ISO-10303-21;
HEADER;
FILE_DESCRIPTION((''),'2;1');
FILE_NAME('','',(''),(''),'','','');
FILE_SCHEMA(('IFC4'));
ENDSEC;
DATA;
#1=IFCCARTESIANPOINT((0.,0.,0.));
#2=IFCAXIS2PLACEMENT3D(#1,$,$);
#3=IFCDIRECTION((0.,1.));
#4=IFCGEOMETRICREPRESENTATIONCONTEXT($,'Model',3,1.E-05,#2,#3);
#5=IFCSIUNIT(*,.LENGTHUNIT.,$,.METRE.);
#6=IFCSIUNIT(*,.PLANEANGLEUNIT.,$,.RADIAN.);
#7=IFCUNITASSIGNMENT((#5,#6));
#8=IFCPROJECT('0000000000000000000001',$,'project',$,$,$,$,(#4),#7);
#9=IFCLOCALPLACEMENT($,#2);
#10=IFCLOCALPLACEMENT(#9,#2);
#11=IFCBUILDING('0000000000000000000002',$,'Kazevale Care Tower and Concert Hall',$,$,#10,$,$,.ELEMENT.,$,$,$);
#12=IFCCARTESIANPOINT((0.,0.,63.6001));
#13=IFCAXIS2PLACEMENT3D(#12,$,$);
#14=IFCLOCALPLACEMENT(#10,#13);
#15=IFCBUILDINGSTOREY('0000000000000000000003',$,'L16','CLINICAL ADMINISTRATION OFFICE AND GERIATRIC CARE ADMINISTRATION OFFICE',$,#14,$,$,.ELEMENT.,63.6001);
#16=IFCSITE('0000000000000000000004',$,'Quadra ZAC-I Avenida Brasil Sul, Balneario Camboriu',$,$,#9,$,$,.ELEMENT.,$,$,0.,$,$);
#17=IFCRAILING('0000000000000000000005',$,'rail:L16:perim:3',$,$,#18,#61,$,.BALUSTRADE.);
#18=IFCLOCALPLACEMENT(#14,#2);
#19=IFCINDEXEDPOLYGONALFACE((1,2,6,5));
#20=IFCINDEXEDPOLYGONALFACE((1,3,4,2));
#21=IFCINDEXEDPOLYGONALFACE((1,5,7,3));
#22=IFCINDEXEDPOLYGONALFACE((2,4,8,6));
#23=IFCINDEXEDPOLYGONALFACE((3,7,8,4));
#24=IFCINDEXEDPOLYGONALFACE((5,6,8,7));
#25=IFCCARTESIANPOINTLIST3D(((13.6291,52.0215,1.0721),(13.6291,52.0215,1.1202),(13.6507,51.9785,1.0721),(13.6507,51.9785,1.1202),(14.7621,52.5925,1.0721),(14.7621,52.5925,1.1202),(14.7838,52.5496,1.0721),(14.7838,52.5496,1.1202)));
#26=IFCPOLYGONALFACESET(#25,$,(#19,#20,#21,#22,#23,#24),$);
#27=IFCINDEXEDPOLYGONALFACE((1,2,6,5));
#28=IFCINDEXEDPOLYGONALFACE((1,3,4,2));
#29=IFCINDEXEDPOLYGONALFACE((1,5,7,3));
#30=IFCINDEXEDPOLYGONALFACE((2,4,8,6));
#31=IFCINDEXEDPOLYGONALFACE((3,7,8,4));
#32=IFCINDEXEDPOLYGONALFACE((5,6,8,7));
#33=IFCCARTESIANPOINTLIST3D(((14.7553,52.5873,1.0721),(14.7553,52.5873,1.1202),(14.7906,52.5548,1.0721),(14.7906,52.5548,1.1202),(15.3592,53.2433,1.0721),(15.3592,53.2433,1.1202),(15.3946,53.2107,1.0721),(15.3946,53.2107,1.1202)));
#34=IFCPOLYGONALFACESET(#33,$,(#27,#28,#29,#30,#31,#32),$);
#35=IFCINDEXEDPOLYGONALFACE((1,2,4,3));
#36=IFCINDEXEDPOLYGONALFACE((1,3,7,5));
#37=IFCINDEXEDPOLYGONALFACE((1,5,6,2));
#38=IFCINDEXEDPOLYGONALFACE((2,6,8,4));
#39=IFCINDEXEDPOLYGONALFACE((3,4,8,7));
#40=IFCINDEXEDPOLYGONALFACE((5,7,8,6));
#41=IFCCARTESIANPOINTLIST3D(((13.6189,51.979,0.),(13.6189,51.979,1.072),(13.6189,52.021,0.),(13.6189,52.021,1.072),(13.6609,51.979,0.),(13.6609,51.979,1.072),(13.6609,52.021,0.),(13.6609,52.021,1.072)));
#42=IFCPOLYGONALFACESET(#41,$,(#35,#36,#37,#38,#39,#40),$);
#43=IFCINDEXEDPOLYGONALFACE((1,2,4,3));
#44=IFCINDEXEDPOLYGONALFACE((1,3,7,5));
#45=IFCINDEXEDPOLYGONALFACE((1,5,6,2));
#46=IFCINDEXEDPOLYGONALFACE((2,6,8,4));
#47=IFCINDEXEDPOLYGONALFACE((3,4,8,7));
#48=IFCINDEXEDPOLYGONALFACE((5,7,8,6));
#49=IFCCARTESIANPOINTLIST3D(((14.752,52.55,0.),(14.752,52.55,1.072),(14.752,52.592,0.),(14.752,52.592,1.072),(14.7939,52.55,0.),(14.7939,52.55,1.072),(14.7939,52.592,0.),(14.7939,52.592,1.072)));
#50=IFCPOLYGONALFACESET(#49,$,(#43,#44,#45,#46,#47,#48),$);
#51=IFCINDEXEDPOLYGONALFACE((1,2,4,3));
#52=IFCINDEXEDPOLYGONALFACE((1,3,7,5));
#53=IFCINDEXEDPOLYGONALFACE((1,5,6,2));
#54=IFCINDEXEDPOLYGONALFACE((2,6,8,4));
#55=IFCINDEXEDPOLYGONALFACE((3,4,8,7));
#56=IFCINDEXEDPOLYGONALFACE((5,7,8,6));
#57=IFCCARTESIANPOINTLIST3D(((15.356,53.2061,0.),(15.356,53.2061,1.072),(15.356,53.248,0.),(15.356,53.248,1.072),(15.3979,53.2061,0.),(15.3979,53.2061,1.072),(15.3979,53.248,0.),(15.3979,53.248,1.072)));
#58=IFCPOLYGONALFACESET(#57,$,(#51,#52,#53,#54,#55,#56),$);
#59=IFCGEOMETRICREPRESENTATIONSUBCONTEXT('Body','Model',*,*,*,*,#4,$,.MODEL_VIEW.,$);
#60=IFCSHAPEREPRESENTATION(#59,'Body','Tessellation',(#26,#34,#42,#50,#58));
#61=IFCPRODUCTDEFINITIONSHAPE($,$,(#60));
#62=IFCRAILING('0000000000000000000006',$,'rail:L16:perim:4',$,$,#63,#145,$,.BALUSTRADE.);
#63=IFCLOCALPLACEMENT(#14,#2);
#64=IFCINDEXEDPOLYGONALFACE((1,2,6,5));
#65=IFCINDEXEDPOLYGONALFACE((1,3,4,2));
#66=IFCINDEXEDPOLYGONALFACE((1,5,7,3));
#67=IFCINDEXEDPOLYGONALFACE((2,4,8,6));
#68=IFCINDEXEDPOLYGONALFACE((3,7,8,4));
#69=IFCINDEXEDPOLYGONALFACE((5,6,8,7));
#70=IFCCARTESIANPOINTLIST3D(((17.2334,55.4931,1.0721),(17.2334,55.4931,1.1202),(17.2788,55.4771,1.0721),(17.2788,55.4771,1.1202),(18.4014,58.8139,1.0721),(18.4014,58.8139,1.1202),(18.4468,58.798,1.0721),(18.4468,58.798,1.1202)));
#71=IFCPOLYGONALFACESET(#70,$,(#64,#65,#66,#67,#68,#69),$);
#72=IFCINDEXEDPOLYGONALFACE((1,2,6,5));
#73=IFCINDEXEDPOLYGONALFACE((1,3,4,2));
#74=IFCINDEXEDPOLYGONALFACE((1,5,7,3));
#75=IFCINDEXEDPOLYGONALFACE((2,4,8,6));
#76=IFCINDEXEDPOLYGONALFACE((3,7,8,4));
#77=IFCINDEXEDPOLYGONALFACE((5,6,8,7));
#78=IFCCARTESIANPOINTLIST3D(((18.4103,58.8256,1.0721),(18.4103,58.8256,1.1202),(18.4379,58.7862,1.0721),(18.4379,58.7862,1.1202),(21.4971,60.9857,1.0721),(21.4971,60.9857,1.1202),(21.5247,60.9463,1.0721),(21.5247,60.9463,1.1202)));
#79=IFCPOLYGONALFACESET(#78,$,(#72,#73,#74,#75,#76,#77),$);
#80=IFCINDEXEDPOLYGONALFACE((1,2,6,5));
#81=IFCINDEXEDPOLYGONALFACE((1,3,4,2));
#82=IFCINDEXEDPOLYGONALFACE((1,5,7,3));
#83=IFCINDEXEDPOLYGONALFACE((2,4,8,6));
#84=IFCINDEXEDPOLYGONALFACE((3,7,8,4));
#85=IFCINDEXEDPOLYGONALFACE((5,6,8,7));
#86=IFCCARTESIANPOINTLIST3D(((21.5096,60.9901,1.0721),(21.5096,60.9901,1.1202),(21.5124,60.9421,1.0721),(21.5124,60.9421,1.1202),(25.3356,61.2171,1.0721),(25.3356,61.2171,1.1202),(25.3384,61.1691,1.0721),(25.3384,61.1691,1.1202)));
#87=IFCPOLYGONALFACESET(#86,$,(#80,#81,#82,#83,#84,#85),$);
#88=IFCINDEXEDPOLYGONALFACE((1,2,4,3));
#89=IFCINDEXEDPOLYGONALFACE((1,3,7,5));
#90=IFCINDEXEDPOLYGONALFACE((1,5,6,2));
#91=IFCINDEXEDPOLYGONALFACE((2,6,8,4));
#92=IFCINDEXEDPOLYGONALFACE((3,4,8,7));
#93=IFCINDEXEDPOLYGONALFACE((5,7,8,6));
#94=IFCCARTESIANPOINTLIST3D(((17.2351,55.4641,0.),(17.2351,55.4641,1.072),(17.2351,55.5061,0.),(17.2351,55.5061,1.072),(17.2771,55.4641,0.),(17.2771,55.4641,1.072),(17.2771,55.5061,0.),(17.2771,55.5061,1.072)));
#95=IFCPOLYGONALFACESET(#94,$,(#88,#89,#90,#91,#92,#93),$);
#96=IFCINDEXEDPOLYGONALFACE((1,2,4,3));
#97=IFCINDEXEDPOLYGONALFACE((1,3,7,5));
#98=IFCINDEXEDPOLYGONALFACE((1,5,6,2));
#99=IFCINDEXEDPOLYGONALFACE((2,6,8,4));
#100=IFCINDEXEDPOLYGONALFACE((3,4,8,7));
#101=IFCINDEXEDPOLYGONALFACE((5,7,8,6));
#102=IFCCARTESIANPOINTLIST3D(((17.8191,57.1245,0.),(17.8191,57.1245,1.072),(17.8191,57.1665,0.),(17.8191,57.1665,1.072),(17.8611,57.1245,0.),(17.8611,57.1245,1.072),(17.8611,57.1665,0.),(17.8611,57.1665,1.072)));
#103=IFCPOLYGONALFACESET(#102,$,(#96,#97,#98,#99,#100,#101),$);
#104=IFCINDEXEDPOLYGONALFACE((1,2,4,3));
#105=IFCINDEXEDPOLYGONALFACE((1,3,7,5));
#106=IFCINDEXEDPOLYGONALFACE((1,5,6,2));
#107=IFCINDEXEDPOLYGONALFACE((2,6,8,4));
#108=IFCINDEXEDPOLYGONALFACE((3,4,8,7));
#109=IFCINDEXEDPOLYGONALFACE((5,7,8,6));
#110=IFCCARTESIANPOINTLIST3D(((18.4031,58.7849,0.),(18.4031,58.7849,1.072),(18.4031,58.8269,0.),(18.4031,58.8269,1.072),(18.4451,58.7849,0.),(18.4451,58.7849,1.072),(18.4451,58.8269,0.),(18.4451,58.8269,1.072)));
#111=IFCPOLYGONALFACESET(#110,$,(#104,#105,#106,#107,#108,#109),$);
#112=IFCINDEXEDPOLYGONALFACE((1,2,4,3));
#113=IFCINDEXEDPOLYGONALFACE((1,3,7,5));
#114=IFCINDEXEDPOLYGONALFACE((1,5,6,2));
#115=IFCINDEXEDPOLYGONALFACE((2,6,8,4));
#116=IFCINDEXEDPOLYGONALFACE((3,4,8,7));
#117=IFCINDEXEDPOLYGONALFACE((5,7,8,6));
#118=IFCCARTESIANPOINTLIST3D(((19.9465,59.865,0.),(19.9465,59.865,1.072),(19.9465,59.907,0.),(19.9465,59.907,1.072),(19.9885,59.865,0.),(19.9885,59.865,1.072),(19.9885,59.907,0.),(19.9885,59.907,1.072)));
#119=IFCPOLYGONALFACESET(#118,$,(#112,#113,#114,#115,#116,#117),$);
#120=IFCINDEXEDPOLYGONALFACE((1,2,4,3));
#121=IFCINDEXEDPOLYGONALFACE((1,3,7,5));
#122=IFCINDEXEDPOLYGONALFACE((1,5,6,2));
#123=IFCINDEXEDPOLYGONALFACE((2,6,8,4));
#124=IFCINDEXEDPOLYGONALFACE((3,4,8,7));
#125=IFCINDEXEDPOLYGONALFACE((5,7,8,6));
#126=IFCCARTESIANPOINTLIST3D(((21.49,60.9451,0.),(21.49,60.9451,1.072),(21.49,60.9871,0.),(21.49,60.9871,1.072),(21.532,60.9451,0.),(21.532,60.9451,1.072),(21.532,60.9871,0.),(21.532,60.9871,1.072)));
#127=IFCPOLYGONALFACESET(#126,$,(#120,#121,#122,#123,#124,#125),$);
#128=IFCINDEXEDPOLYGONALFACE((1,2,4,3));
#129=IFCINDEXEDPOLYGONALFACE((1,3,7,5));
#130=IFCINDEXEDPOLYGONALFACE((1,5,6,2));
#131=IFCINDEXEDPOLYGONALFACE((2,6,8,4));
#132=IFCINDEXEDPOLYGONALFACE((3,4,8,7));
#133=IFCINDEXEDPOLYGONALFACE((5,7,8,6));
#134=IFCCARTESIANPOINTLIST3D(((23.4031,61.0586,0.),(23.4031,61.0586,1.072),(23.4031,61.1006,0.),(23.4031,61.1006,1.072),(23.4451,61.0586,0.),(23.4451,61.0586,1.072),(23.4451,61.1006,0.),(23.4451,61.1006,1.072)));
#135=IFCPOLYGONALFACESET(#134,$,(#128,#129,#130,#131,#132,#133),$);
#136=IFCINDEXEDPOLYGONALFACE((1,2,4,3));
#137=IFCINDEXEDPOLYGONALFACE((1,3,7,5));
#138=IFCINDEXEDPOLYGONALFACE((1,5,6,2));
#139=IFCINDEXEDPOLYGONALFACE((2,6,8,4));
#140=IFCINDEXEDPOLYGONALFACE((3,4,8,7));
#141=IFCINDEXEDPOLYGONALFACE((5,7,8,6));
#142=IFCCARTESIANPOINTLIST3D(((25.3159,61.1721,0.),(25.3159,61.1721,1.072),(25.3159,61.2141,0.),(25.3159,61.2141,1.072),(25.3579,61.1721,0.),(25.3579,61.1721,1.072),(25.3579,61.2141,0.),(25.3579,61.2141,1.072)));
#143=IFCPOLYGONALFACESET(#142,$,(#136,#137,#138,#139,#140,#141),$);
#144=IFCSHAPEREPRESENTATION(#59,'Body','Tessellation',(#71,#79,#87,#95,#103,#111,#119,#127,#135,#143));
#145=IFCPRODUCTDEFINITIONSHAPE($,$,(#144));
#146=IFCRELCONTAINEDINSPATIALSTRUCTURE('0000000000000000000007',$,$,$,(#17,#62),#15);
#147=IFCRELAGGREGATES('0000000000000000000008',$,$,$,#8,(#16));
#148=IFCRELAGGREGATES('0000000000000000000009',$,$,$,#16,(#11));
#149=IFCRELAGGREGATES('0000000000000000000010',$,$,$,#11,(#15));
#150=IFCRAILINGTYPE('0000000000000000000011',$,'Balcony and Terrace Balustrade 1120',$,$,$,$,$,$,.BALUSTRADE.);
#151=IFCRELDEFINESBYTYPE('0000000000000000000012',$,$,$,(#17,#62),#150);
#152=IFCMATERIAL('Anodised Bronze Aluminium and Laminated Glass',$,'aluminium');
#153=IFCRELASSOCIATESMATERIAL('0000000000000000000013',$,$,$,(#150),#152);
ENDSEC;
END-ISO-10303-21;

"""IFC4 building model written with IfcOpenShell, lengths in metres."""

from ifc_helpers import new_model, si_unit, direction, frame, origin, origin_2d, place, context, subcontext, project, spatial, rectangle, extrude, material, type_object, element, save


model = new_model("IFC4")

# Units and contexts
model_context = context("Model", 3, precision=1e-05, world=origin(), true_north=direction((0.0, 1.0)))
body_context = subcontext(model_context, "Body", "Model", "MODEL_VIEW")
ifc_project = project(units=[si_unit("LENGTHUNIT", "METRE"), si_unit("PLANEANGLEUNIT", "RADIAN")], contexts=[model_context])

# Site, building, storey
site_placement = place(None, origin())
site = spatial("IfcSite", under=ifc_project, at=site_placement, Name="Quadra ZAC-I Avenida Brasil Sul, Balneario Camboriu", CompositionType="ELEMENT", RefElevation=0.0)
building_placement = place(site_placement, origin())
building = spatial("IfcBuilding", under=site, at=building_placement, Name="Kazevale Care Tower and Concert Hall", CompositionType="ELEMENT")
storey_placement = place(building_placement, frame((0.0, 0.0, 63.6001)))
storey = spatial("IfcBuildingStorey", under=building, at=storey_placement, Name="L16", Description="CLINICAL ADMINISTRATION OFFICE AND GERIATRIC CARE ADMINISTRATION OFFICE", CompositionType="ELEMENT", Elevation=63.6001)

# Railings
ifc_material_1 = material(Name="Anodised Bronze Aluminium and Laminated Glass", Category="aluminium")
railing_type = type_object("IfcRailingType", Name="Balcony and Terrace Balustrade 1120", PredefinedType="BALUSTRADE", material=ifc_material_1)
railing_1_placement = place(storey_placement, frame((13.6399, 52.0, 0.0)))
element("IfcRailing", 1, at=railing_1_placement, inside=storey, type_object=railing_type, Name="rail:L16:perim:3", PredefinedType="BALUSTRADE", context=body_context, shape_type="SweptSolid", body=[
    extrude(rectangle(XDim=0.0481, YDim=0.0481, at=origin_2d()), frame((0.0, 0.0, 1.0962), z_axis=(0.892999, 0.450059, 0.0), x_axis=(-0.450059, 0.892999, 0.0)), (0.0, 0.0, 1.0), 1.2688),
    extrude(rectangle(XDim=0.0481, YDim=0.0481, at=origin_2d()), frame((1.1331, 0.571, 1.0962), z_axis=(0.677347, 0.735664, 0.0), x_axis=(-0.735664, 0.677347, 0.0)), (0.0, 0.0, 1.0), 0.8916),
    extrude(rectangle(XDim=0.042, YDim=0.042, at=origin_2d()), origin(), (0.0, 0.0, 1.0), 1.072),
    extrude(rectangle(XDim=0.042, YDim=0.042, at=origin_2d()), frame((1.1331, 0.571, 0.0)), (0.0, 0.0, 1.0), 1.072),
    extrude(rectangle(XDim=0.042, YDim=0.042, at=origin_2d()), frame((1.7371, 1.2271, 0.0)), (0.0, 0.0, 1.0), 1.072),
])
railing_2_placement = place(storey_placement, frame((17.2561, 55.4851, 0.0)))
element("IfcRailing", 2, at=railing_2_placement, inside=storey, type_object=railing_type, Name="rail:L16:perim:4", PredefinedType="BALUSTRADE", context=body_context, shape_type="SweptSolid", body=[
    extrude(rectangle(XDim=0.0481, YDim=0.0481, at=origin_2d()), frame((0.0, 0.0, 1.0962), z_axis=(0.33179, 0.943353, 0.0), x_axis=(-0.943353, 0.33179, 0.0)), (0.0, 0.0, 1.0), 3.5203),
    extrude(rectangle(XDim=0.0481, YDim=0.0481, at=origin_2d()), frame((1.168, 3.3208, 1.0962), z_axis=(0.819317, 0.573341, 0.0), x_axis=(-0.573341, 0.819317, 0.0)), (0.0, 0.0, 1.0), 3.7676),
    extrude(rectangle(XDim=0.0481, YDim=0.0481, at=origin_2d()), frame((4.2549, 5.481, 1.0962), z_axis=(0.998244, 0.059241, 0.0), x_axis=(-0.059241, 0.998244, 0.0)), (0.0, 0.0, 1.0), 3.8328),
    extrude(rectangle(XDim=0.042, YDim=0.042, at=origin_2d()), origin(), (0.0, 0.0, 1.0), 1.072),
    extrude(rectangle(XDim=0.042, YDim=0.042, at=origin_2d()), frame((0.584, 1.6604, 0.0)), (0.0, 0.0, 1.0), 1.072),
    extrude(rectangle(XDim=0.042, YDim=0.042, at=origin_2d()), frame((1.168, 3.3208, 0.0)), (0.0, 0.0, 1.0), 1.072),
    extrude(rectangle(XDim=0.042, YDim=0.042, at=origin_2d()), frame((2.7114, 4.4009, 0.0)), (0.0, 0.0, 1.0), 1.072),
    extrude(rectangle(XDim=0.042, YDim=0.042, at=origin_2d()), frame((4.2549, 5.481, 0.0)), (0.0, 0.0, 1.0), 1.072),
    extrude(rectangle(XDim=0.042, YDim=0.042, at=origin_2d()), frame((6.168, 5.5945, 0.0)), (0.0, 0.0, 1.0), 1.072),
    extrude(rectangle(XDim=0.042, YDim=0.042, at=origin_2d()), frame((8.0808, 5.708, 0.0)), (0.0, 0.0, 1.0), 1.072),
])

save(model, "model.ifc")
